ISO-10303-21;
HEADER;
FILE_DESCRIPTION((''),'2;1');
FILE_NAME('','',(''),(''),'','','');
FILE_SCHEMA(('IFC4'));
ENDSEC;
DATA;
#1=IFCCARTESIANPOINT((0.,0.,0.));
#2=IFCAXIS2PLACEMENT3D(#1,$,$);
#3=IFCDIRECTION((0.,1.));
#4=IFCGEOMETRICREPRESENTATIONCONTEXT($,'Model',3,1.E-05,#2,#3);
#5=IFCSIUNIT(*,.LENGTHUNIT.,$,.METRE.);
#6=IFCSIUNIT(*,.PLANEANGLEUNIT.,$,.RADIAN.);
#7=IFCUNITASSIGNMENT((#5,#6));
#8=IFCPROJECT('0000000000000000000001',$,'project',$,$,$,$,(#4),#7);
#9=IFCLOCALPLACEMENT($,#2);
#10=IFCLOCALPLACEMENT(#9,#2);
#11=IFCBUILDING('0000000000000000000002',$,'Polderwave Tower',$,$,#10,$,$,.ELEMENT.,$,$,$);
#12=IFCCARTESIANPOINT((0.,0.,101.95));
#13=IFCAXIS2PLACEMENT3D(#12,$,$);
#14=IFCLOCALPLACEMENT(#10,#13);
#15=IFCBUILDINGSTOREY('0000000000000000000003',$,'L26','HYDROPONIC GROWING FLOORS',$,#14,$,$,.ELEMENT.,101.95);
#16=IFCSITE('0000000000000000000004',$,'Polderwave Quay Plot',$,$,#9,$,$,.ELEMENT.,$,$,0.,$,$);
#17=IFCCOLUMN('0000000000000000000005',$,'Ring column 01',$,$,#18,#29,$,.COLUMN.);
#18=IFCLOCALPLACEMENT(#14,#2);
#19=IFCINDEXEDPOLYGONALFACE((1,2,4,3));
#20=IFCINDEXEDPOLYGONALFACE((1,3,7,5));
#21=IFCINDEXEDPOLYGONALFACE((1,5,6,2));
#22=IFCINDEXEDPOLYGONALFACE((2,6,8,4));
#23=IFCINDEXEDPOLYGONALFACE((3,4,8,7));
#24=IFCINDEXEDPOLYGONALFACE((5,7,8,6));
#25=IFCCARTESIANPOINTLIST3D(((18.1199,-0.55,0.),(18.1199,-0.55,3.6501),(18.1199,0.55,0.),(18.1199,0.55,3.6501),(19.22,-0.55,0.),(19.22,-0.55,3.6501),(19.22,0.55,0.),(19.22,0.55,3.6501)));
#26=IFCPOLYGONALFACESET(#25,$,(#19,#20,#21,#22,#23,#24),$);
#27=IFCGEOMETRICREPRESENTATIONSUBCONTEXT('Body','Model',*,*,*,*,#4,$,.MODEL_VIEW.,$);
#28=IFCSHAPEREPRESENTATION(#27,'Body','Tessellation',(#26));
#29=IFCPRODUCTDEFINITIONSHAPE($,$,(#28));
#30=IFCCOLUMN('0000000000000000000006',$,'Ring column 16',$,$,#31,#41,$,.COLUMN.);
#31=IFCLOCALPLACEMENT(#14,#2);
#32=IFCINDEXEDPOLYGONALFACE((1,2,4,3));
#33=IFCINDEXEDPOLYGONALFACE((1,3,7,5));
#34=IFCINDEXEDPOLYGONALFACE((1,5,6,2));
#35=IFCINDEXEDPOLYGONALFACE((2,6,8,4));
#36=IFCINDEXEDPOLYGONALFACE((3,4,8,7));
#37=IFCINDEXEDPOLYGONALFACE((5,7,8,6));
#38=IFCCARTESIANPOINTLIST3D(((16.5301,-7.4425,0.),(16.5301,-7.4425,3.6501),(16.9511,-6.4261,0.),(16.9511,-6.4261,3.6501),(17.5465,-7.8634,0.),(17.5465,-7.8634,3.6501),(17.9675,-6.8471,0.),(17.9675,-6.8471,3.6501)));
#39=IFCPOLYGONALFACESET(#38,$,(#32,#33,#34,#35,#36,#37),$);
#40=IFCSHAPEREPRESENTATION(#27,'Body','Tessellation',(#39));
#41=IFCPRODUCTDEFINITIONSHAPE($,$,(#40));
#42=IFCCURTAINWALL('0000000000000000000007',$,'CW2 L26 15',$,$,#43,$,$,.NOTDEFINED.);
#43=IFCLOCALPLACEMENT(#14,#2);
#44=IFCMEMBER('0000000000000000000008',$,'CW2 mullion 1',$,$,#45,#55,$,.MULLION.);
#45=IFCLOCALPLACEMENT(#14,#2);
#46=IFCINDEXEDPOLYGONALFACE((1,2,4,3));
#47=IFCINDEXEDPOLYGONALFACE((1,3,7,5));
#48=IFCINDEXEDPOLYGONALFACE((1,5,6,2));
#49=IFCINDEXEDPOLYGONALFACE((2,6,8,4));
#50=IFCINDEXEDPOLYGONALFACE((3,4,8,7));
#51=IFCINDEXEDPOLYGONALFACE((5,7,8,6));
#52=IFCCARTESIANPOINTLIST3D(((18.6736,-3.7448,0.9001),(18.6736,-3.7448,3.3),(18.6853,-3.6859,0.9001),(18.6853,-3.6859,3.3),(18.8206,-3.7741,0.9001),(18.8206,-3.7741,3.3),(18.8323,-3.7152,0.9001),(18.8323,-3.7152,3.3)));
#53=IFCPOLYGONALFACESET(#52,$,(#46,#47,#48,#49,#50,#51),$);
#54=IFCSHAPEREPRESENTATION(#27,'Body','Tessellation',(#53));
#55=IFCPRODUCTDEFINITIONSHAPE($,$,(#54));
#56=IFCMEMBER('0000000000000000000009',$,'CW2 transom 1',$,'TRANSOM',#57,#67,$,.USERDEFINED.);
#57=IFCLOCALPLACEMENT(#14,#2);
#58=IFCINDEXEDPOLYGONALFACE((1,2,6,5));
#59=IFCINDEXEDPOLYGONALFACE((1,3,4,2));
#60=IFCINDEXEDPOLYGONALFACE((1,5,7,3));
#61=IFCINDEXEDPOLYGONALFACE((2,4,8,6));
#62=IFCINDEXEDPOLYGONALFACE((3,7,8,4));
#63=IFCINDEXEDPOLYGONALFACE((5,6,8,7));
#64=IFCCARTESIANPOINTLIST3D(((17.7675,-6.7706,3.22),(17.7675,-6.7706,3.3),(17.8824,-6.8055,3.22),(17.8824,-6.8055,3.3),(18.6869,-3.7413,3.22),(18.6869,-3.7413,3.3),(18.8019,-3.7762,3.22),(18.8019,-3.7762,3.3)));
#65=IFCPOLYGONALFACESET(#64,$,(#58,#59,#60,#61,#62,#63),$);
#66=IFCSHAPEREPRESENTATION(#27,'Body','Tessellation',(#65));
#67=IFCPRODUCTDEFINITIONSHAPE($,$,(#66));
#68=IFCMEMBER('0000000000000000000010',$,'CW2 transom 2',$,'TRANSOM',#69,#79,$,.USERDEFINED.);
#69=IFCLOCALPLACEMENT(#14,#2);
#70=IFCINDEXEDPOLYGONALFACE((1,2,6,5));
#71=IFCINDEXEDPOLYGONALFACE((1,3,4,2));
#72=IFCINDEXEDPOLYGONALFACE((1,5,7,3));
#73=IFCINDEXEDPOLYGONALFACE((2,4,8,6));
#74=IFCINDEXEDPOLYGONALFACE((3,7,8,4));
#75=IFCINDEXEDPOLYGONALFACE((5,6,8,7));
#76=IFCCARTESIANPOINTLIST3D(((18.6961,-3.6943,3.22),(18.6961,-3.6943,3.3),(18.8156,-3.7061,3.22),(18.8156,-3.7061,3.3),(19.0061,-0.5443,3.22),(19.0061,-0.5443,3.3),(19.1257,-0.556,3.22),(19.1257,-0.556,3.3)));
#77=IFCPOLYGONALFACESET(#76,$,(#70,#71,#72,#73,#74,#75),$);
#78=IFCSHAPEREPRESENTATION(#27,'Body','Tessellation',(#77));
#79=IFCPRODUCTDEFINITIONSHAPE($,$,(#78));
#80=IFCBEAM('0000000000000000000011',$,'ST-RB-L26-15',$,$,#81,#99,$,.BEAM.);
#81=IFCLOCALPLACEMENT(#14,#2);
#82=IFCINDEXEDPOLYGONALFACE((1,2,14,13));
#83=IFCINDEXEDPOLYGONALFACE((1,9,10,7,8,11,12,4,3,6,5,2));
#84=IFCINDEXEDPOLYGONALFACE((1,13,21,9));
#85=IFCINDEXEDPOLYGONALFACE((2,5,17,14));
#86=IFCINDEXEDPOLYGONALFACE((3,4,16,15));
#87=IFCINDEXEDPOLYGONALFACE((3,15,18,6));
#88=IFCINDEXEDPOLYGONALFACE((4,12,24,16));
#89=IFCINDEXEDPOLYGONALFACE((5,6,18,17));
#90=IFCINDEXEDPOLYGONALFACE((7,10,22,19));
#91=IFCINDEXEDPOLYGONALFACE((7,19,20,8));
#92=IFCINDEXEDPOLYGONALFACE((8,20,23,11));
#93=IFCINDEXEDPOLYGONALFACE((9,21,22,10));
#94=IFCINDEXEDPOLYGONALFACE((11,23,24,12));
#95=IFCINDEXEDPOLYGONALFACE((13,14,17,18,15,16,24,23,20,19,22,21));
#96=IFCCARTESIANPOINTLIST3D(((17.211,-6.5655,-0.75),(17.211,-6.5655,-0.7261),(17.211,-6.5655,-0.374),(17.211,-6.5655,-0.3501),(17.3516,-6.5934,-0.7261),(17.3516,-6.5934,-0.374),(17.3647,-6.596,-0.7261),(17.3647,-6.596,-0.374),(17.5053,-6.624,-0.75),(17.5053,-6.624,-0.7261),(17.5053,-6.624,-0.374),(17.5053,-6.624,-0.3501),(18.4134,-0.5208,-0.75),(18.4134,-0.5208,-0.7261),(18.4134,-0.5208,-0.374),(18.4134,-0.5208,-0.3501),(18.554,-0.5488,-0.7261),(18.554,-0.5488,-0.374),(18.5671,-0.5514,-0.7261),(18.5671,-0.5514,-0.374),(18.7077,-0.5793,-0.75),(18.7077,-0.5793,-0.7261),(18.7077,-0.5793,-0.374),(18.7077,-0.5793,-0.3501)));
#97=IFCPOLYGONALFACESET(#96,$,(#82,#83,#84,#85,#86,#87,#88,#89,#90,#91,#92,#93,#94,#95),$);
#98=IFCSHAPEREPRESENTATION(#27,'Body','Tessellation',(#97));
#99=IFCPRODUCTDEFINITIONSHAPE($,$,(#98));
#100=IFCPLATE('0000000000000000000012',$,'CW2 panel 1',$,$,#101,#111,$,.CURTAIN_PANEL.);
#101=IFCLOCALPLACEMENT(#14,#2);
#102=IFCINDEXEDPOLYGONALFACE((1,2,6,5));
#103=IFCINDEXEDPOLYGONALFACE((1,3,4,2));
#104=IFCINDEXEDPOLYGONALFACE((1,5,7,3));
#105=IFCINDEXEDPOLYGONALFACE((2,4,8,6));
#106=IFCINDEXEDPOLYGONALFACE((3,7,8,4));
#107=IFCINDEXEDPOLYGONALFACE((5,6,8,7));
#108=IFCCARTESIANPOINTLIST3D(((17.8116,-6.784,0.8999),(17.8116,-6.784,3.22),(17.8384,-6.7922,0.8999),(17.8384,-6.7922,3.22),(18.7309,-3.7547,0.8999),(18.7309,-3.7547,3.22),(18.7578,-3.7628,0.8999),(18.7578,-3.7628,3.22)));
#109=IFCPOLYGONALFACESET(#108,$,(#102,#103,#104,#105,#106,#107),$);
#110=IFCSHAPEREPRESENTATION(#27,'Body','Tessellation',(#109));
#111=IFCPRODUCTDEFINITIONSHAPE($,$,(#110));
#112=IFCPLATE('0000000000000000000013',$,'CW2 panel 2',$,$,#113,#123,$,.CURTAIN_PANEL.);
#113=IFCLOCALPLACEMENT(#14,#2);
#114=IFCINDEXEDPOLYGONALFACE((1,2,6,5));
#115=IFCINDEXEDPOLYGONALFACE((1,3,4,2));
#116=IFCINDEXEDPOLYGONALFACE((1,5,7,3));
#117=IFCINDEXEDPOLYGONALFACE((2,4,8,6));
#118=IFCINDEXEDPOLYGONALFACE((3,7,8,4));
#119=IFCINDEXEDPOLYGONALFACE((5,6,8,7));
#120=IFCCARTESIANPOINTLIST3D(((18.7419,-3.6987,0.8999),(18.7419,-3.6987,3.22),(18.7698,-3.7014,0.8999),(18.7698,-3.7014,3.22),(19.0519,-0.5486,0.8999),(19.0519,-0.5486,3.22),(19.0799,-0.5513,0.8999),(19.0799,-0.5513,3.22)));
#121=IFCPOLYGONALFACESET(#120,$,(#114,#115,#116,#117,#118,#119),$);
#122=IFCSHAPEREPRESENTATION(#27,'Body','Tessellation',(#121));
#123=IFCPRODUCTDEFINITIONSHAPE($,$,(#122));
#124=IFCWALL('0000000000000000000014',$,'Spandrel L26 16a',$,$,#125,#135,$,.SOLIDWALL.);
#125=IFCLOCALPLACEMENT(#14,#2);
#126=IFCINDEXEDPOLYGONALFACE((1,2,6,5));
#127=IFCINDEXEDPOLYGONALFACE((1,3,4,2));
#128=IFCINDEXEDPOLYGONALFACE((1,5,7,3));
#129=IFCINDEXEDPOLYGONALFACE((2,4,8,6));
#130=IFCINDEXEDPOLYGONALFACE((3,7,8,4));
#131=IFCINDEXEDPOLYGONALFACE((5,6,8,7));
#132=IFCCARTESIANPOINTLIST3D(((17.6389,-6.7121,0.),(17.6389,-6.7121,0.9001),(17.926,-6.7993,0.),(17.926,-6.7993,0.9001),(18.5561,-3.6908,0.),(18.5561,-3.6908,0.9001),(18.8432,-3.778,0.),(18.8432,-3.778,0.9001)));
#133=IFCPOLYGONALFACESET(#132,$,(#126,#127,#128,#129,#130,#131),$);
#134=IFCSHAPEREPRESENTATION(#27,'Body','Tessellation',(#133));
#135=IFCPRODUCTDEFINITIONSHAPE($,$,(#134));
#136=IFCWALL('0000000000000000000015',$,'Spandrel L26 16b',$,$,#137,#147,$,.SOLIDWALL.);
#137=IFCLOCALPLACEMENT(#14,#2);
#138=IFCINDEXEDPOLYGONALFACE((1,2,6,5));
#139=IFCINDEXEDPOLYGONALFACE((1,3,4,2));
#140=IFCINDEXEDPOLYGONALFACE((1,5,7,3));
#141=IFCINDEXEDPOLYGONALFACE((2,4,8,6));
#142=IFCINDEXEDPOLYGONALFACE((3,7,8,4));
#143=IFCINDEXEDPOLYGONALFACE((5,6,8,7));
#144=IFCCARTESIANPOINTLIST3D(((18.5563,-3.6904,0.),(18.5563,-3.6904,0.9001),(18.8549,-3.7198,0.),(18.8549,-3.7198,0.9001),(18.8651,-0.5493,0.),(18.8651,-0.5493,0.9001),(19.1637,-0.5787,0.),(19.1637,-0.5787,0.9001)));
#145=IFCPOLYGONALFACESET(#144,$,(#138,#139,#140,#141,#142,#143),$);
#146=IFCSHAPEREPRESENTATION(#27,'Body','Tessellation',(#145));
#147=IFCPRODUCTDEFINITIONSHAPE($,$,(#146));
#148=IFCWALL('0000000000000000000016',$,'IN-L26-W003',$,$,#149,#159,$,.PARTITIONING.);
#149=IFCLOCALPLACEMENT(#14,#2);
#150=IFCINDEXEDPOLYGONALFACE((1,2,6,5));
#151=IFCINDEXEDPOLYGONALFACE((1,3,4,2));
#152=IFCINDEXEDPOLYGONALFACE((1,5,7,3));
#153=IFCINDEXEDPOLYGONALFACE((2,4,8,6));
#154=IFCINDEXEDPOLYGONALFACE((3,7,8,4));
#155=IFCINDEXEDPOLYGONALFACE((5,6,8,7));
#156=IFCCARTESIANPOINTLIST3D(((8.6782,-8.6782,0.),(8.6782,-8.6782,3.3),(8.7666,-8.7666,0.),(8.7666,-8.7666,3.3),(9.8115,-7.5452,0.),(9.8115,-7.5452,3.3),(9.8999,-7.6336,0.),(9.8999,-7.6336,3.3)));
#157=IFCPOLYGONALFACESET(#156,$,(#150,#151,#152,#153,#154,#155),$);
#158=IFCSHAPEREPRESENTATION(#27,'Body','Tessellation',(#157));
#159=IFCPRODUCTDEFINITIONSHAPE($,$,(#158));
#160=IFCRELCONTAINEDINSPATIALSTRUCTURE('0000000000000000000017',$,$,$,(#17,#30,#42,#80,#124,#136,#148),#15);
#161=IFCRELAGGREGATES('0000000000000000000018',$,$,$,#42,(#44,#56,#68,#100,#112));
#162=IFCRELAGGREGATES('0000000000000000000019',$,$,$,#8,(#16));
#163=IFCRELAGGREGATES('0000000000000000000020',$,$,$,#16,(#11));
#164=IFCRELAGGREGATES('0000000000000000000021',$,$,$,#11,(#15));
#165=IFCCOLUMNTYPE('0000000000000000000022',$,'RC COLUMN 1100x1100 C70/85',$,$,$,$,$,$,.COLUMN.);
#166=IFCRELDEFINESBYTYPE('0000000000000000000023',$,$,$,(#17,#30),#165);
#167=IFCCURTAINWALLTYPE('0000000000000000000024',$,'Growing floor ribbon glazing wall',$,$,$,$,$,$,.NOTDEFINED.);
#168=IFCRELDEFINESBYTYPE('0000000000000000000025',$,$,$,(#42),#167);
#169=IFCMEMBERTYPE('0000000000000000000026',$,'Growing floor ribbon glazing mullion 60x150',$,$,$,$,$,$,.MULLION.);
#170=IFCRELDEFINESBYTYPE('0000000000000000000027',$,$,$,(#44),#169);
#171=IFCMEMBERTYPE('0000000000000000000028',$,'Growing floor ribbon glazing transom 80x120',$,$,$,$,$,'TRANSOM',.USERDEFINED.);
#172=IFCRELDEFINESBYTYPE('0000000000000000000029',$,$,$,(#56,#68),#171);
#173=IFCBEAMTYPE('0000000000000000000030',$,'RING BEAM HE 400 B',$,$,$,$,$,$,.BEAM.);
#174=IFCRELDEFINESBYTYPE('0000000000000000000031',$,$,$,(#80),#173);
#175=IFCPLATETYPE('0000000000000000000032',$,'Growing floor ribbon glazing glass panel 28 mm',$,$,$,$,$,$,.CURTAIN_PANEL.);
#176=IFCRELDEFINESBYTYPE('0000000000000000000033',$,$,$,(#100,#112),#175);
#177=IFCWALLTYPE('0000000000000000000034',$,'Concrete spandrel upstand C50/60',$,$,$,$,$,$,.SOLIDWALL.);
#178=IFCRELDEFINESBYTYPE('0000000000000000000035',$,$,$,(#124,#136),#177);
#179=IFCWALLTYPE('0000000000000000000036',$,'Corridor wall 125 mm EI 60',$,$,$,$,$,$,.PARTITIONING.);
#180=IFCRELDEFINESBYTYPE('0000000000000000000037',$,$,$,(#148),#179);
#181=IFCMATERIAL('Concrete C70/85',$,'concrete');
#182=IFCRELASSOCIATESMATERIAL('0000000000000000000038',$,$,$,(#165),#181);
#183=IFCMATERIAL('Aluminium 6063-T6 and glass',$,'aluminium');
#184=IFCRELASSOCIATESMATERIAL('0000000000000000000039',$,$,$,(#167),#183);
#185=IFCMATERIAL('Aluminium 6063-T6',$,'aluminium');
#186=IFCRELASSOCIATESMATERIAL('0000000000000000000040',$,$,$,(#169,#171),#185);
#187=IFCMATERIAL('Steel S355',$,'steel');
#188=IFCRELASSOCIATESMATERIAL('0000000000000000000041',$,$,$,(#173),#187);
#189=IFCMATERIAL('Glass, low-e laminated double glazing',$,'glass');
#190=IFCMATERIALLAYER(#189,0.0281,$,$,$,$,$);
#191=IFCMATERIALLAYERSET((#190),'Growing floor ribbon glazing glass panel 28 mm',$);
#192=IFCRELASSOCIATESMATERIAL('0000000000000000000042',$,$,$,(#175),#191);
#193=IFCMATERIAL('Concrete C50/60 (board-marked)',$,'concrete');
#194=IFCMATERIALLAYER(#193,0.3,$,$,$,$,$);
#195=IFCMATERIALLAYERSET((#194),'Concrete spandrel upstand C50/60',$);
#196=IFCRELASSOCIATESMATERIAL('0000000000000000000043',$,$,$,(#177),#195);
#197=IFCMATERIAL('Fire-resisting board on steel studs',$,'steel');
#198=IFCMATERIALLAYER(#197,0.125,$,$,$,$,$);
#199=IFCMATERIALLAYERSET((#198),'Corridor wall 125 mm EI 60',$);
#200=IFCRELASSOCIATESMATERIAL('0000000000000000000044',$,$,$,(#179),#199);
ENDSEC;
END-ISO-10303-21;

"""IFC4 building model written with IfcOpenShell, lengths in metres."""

from ifc_helpers import new_model, si_unit, direction, frame, frame_2d, origin, origin_2d, place, context, subcontext, project, spatial, rectangle, i_section, extrude, material, layer, layer_set, material_profile, profile_set, type_object, element, aggregate, save


model = new_model("IFC4")

# Units and contexts
model_context = context("Model", 3, precision=1e-05, world=origin(), true_north=direction((0.0, 1.0)))
body_context = subcontext(model_context, "Body", "Model", "MODEL_VIEW")
ifc_project = project(units=[si_unit("LENGTHUNIT", "METRE"), si_unit("PLANEANGLEUNIT", "RADIAN")], contexts=[model_context])

# Site, building, storey
site_placement = place(None, origin())
site = spatial("IfcSite", under=ifc_project, at=site_placement, Name="Polderwave Quay Plot", CompositionType="ELEMENT", RefElevation=0.0)
building_placement = place(site_placement, origin())
building = spatial("IfcBuilding", under=site, at=building_placement, Name="Polderwave Tower", CompositionType="ELEMENT")
storey_placement = place(building_placement, frame((0.0, 0.0, 101.95)))
storey = spatial("IfcBuildingStorey", under=building, at=storey_placement, Name="L26", Description="HYDROPONIC GROWING FLOORS", CompositionType="ELEMENT", Elevation=101.95)

# Columns
ifc_material_1 = material(Name="Concrete C70/85", Category="concrete")
ifc_material_profile_1 = material_profile(ifc_material_1, rectangle(XDim=1.1001, YDim=1.1001, at=origin_2d()), Name="RC 1100x1100")
ifc_profile_set_1 = profile_set([ifc_material_profile_1], Name="Concrete C70/85")
column_type = type_object("IfcColumnType", Name="RC COLUMN 1100x1100 C70/85", PredefinedType="COLUMN", material=ifc_profile_set_1)
for number, where, z_axis, x_axis, name in (
    (1, (18.6699, 0.0, 0.0), (0.0, 0.0, 1.0), (1.0, 0.0, 0.0), "Ring column 01"),
    (2, (17.2488, -7.1448, 0.0), (0.0, 0.0, 1.0), (0.92388, -0.382683, 0.0), "Ring column 16"),
):
    element("IfcColumn", number, at=place(storey_placement, frame(where, z_axis=z_axis, x_axis=x_axis)), inside=storey, type_object=column_type, Name=name, PredefinedType="COLUMN", context=body_context, shape_type="SweptSolid", body=[
        extrude(rectangle(XDim=1.1001, YDim=1.1001, at=origin_2d()), origin(), (0.0, 0.0, 1.0), 3.6501),
    ])

# Curtain wall, members
ifc_material_2 = material(Name="Aluminium 6063-T6 and glass", Category="aluminium")
curtain_wall_type = type_object("IfcCurtainWallType", Name="Growing floor ribbon glazing wall", PredefinedType="NOTDEFINED", material=ifc_material_2)
curtain_wall_placement = place(storey_placement, origin())
curtain_wall = element("IfcCurtainWall", 3, at=curtain_wall_placement, inside=storey, type_object=curtain_wall_type, Name="CW2 L26 15", PredefinedType="NOTDEFINED")
ifc_material_3 = material(Name="Aluminium 6063-T6", Category="aluminium")
ifc_material_profile_2 = material_profile(ifc_material_3, rectangle(XDim=0.1499, YDim=0.0601, at=origin_2d()), Name="AL 60x150")
ifc_profile_set_2 = profile_set([ifc_material_profile_2], Name="Aluminium 6063-T6")
member_type_1 = type_object("IfcMemberType", Name="Growing floor ribbon glazing mullion 60x150", PredefinedType="MULLION", material=ifc_profile_set_2)
member_1_placement = place(storey_placement, frame((18.7529, -3.73, 0.9001), z_axis=(0.0, 0.0, 1.0), x_axis=(-0.980781, 0.195113, 0.0)))
member_1 = element("IfcMember", 4, at=member_1_placement, type_object=member_type_1, Name="CW2 mullion 1", PredefinedType="MULLION", context=body_context, shape_type="SweptSolid", body=[
    extrude(rectangle(XDim=0.1499, YDim=0.0601, at=origin_2d()), origin(), (0.0, 0.0, 1.0), 2.3999),
])
ifc_material_profile_3 = material_profile(ifc_material_3, rectangle(XDim=0.1201, YDim=0.0801, at=origin_2d()), Name="AL 80x120")
ifc_profile_set_3 = profile_set([ifc_material_profile_3], Name="Aluminium 6063-T6")
member_type_2 = type_object("IfcMemberType", Name="Growing floor ribbon glazing transom 80x120", ElementType="TRANSOM", PredefinedType="USERDEFINED", material=ifc_profile_set_3)
member_2_placement = place(storey_placement, frame((17.825, -6.7881, 3.26), z_axis=(0.290431, 0.956896, 0.0), x_axis=(-0.956896, 0.290431, 0.0)))
member_2 = element("IfcMember", 5, at=member_2_placement, type_object=member_type_2, Name="CW2 transom 1", ObjectType="TRANSOM", PredefinedType="USERDEFINED", context=body_context, shape_type="SweptSolid", body=[
    extrude(rectangle(XDim=0.1201, YDim=0.0801, at=origin_2d()), origin(), (0.0, 0.0, 1.0), 3.1658),
])
member_3_placement = place(storey_placement, frame((18.7559, -3.7002, 3.26), z_axis=(0.097953, 0.995191, 0.0), x_axis=(-0.995191, 0.097953, 0.0)))
member_3 = element("IfcMember", 6, at=member_3_placement, type_object=member_type_2, Name="CW2 transom 2", ObjectType="TRANSOM", PredefinedType="USERDEFINED", context=body_context, shape_type="SweptSolid", body=[
    extrude(rectangle(XDim=0.1201, YDim=0.0801, at=origin_2d()), origin(), (0.0, 0.0, 1.0), 3.1653),
])

# Beam
ifc_material_4 = material(Name="Steel S355", Category="steel")
ifc_material_profile_4 = material_profile(ifc_material_4, i_section(OverallWidth=0.3, OverallDepth=0.3999, WebThickness=0.0134, FlangeThickness=0.0239, at=origin_2d()), Name="HE 400 B")
ifc_profile_set_4 = profile_set([ifc_material_profile_4], Name="Steel S355")
beam_type = type_object("IfcBeamType", Name="RING BEAM HE 400 B", PredefinedType="BEAM", material=ifc_profile_set_4)
beam_placement = place(storey_placement, frame((17.3582, -6.5947, -0.55), z_axis=(0.195095, 0.980784, 0.0), x_axis=(-0.980784, 0.195095, 0.0)))
element("IfcBeam", 7, at=beam_placement, inside=storey, type_object=beam_type, Name="ST-RB-L26-15", PredefinedType="BEAM", context=body_context, shape_type="SweptSolid", body=[
    extrude(i_section(OverallWidth=0.3, OverallDepth=0.3999, WebThickness=0.0134, FlangeThickness=0.0239, at=origin_2d()), origin(), (0.0, 0.0, 1.0), 6.1631),
])

# Plates
ifc_material_5 = material(Name="Glass, low-e laminated double glazing", Category="glass")
ifc_layer_1 = layer(ifc_material_5, 0.0281)
ifc_layer_set_1 = layer_set([ifc_layer_1], Name="Growing floor ribbon glazing glass panel 28 mm")
plate_type = type_object("IfcPlateType", Name="Growing floor ribbon glazing glass panel 28 mm", PredefinedType="CURTAIN_PANEL", material=ifc_layer_set_1)
plate_1_placement = place(storey_placement, frame((18.2847, -5.2734, 0.8999), z_axis=(0.0, 0.0, 1.0), x_axis=(0.29039, 0.956908, 0.0)))
plate_1 = element("IfcPlate", 8, at=plate_1_placement, type_object=plate_type, Name="CW2 panel 1", PredefinedType="CURTAIN_PANEL", context=body_context, shape_type="SweptSolid", body=[
    extrude(rectangle(XDim=3.1658, YDim=0.0281, at=origin_2d()), origin(), (0.0, 0.0, 1.0), 2.3201),
])
plate_2_placement = place(storey_placement, frame((18.9109, -2.125, 0.8999), z_axis=(0.0, 0.0, 1.0), x_axis=(0.097955, 0.995191, 0.0)))
plate_2 = element("IfcPlate", 9, at=plate_2_placement, type_object=plate_type, Name="CW2 panel 2", PredefinedType="CURTAIN_PANEL", context=body_context, shape_type="SweptSolid", body=[
    extrude(rectangle(XDim=3.1653, YDim=0.0281, at=origin_2d()), origin(), (0.0, 0.0, 1.0), 2.3201),
])
aggregate(curtain_wall, [member_1, member_2, member_3, plate_1, plate_2])

# Walls
ifc_material_6 = material(Name="Concrete C50/60 (board-marked)", Category="concrete")
ifc_layer_2 = layer(ifc_material_6, 0.3)
ifc_layer_set_2 = layer_set([ifc_layer_2], Name="Concrete spandrel upstand C50/60")
wall_type_1 = type_object("IfcWallType", Name="Concrete spandrel upstand C50/60", PredefinedType="SOLIDWALL", material=ifc_layer_set_2)
wall_1_placement = place(storey_placement, frame((17.7825, -6.7556, 0.0), z_axis=(0.0, 0.0, 1.0), x_axis=(0.290503, 0.956874, 0.0)))
element("IfcWall", 10, at=wall_1_placement, inside=storey, type_object=wall_type_1, Name="Spandrel L26 16a", PredefinedType="SOLIDWALL", context=body_context, shape_type="SweptSolid", body=[
    extrude(rectangle(XDim=3.1575, YDim=0.3, at=frame_2d((1.5786, 0.0))), origin(), (0.0, 0.0, 1.0), 0.9001),
])
wall_2_placement = place(storey_placement, frame((18.7056, -3.7051, 0.0), z_axis=(0.0, 0.0, 1.0), x_axis=(0.097849, 0.995201, 0.0)))
element("IfcWall", 11, at=wall_2_placement, inside=storey, type_object=wall_type_1, Name="Spandrel L26 16b", PredefinedType="SOLIDWALL", context=body_context, shape_type="SweptSolid", body=[
    extrude(rectangle(XDim=3.1562, YDim=0.3, at=frame_2d((1.5781, 0.0))), origin(), (0.0, 0.0, 1.0), 0.9001),
])
ifc_material_7 = material(Name="Fire-resisting board on steel studs", Category="steel")
ifc_layer_3 = layer(ifc_material_7, 0.125)
ifc_layer_set_3 = layer_set([ifc_layer_3], Name="Corridor wall 125 mm EI 60")
wall_type_2 = type_object("IfcWallType", Name="Corridor wall 125 mm EI 60", PredefinedType="PARTITIONING", material=ifc_layer_set_3)
wall_3_placement = place(storey_placement, frame((9.8557, -7.5894, 0.0), z_axis=(0.0, 0.0, 1.0), x_axis=(-0.707183, -0.707031, 0.0)))
element("IfcWall", 12, at=wall_3_placement, inside=storey, type_object=wall_type_2, Name="IN-L26-W003", PredefinedType="PARTITIONING", context=body_context, shape_type="SweptSolid", body=[
    extrude(rectangle(XDim=1.6025, YDim=0.125, at=frame_2d((0.8013, 0.0))), origin(), (0.0, 0.0, 1.0), 3.3),
])

save(model, "model.ifc")
